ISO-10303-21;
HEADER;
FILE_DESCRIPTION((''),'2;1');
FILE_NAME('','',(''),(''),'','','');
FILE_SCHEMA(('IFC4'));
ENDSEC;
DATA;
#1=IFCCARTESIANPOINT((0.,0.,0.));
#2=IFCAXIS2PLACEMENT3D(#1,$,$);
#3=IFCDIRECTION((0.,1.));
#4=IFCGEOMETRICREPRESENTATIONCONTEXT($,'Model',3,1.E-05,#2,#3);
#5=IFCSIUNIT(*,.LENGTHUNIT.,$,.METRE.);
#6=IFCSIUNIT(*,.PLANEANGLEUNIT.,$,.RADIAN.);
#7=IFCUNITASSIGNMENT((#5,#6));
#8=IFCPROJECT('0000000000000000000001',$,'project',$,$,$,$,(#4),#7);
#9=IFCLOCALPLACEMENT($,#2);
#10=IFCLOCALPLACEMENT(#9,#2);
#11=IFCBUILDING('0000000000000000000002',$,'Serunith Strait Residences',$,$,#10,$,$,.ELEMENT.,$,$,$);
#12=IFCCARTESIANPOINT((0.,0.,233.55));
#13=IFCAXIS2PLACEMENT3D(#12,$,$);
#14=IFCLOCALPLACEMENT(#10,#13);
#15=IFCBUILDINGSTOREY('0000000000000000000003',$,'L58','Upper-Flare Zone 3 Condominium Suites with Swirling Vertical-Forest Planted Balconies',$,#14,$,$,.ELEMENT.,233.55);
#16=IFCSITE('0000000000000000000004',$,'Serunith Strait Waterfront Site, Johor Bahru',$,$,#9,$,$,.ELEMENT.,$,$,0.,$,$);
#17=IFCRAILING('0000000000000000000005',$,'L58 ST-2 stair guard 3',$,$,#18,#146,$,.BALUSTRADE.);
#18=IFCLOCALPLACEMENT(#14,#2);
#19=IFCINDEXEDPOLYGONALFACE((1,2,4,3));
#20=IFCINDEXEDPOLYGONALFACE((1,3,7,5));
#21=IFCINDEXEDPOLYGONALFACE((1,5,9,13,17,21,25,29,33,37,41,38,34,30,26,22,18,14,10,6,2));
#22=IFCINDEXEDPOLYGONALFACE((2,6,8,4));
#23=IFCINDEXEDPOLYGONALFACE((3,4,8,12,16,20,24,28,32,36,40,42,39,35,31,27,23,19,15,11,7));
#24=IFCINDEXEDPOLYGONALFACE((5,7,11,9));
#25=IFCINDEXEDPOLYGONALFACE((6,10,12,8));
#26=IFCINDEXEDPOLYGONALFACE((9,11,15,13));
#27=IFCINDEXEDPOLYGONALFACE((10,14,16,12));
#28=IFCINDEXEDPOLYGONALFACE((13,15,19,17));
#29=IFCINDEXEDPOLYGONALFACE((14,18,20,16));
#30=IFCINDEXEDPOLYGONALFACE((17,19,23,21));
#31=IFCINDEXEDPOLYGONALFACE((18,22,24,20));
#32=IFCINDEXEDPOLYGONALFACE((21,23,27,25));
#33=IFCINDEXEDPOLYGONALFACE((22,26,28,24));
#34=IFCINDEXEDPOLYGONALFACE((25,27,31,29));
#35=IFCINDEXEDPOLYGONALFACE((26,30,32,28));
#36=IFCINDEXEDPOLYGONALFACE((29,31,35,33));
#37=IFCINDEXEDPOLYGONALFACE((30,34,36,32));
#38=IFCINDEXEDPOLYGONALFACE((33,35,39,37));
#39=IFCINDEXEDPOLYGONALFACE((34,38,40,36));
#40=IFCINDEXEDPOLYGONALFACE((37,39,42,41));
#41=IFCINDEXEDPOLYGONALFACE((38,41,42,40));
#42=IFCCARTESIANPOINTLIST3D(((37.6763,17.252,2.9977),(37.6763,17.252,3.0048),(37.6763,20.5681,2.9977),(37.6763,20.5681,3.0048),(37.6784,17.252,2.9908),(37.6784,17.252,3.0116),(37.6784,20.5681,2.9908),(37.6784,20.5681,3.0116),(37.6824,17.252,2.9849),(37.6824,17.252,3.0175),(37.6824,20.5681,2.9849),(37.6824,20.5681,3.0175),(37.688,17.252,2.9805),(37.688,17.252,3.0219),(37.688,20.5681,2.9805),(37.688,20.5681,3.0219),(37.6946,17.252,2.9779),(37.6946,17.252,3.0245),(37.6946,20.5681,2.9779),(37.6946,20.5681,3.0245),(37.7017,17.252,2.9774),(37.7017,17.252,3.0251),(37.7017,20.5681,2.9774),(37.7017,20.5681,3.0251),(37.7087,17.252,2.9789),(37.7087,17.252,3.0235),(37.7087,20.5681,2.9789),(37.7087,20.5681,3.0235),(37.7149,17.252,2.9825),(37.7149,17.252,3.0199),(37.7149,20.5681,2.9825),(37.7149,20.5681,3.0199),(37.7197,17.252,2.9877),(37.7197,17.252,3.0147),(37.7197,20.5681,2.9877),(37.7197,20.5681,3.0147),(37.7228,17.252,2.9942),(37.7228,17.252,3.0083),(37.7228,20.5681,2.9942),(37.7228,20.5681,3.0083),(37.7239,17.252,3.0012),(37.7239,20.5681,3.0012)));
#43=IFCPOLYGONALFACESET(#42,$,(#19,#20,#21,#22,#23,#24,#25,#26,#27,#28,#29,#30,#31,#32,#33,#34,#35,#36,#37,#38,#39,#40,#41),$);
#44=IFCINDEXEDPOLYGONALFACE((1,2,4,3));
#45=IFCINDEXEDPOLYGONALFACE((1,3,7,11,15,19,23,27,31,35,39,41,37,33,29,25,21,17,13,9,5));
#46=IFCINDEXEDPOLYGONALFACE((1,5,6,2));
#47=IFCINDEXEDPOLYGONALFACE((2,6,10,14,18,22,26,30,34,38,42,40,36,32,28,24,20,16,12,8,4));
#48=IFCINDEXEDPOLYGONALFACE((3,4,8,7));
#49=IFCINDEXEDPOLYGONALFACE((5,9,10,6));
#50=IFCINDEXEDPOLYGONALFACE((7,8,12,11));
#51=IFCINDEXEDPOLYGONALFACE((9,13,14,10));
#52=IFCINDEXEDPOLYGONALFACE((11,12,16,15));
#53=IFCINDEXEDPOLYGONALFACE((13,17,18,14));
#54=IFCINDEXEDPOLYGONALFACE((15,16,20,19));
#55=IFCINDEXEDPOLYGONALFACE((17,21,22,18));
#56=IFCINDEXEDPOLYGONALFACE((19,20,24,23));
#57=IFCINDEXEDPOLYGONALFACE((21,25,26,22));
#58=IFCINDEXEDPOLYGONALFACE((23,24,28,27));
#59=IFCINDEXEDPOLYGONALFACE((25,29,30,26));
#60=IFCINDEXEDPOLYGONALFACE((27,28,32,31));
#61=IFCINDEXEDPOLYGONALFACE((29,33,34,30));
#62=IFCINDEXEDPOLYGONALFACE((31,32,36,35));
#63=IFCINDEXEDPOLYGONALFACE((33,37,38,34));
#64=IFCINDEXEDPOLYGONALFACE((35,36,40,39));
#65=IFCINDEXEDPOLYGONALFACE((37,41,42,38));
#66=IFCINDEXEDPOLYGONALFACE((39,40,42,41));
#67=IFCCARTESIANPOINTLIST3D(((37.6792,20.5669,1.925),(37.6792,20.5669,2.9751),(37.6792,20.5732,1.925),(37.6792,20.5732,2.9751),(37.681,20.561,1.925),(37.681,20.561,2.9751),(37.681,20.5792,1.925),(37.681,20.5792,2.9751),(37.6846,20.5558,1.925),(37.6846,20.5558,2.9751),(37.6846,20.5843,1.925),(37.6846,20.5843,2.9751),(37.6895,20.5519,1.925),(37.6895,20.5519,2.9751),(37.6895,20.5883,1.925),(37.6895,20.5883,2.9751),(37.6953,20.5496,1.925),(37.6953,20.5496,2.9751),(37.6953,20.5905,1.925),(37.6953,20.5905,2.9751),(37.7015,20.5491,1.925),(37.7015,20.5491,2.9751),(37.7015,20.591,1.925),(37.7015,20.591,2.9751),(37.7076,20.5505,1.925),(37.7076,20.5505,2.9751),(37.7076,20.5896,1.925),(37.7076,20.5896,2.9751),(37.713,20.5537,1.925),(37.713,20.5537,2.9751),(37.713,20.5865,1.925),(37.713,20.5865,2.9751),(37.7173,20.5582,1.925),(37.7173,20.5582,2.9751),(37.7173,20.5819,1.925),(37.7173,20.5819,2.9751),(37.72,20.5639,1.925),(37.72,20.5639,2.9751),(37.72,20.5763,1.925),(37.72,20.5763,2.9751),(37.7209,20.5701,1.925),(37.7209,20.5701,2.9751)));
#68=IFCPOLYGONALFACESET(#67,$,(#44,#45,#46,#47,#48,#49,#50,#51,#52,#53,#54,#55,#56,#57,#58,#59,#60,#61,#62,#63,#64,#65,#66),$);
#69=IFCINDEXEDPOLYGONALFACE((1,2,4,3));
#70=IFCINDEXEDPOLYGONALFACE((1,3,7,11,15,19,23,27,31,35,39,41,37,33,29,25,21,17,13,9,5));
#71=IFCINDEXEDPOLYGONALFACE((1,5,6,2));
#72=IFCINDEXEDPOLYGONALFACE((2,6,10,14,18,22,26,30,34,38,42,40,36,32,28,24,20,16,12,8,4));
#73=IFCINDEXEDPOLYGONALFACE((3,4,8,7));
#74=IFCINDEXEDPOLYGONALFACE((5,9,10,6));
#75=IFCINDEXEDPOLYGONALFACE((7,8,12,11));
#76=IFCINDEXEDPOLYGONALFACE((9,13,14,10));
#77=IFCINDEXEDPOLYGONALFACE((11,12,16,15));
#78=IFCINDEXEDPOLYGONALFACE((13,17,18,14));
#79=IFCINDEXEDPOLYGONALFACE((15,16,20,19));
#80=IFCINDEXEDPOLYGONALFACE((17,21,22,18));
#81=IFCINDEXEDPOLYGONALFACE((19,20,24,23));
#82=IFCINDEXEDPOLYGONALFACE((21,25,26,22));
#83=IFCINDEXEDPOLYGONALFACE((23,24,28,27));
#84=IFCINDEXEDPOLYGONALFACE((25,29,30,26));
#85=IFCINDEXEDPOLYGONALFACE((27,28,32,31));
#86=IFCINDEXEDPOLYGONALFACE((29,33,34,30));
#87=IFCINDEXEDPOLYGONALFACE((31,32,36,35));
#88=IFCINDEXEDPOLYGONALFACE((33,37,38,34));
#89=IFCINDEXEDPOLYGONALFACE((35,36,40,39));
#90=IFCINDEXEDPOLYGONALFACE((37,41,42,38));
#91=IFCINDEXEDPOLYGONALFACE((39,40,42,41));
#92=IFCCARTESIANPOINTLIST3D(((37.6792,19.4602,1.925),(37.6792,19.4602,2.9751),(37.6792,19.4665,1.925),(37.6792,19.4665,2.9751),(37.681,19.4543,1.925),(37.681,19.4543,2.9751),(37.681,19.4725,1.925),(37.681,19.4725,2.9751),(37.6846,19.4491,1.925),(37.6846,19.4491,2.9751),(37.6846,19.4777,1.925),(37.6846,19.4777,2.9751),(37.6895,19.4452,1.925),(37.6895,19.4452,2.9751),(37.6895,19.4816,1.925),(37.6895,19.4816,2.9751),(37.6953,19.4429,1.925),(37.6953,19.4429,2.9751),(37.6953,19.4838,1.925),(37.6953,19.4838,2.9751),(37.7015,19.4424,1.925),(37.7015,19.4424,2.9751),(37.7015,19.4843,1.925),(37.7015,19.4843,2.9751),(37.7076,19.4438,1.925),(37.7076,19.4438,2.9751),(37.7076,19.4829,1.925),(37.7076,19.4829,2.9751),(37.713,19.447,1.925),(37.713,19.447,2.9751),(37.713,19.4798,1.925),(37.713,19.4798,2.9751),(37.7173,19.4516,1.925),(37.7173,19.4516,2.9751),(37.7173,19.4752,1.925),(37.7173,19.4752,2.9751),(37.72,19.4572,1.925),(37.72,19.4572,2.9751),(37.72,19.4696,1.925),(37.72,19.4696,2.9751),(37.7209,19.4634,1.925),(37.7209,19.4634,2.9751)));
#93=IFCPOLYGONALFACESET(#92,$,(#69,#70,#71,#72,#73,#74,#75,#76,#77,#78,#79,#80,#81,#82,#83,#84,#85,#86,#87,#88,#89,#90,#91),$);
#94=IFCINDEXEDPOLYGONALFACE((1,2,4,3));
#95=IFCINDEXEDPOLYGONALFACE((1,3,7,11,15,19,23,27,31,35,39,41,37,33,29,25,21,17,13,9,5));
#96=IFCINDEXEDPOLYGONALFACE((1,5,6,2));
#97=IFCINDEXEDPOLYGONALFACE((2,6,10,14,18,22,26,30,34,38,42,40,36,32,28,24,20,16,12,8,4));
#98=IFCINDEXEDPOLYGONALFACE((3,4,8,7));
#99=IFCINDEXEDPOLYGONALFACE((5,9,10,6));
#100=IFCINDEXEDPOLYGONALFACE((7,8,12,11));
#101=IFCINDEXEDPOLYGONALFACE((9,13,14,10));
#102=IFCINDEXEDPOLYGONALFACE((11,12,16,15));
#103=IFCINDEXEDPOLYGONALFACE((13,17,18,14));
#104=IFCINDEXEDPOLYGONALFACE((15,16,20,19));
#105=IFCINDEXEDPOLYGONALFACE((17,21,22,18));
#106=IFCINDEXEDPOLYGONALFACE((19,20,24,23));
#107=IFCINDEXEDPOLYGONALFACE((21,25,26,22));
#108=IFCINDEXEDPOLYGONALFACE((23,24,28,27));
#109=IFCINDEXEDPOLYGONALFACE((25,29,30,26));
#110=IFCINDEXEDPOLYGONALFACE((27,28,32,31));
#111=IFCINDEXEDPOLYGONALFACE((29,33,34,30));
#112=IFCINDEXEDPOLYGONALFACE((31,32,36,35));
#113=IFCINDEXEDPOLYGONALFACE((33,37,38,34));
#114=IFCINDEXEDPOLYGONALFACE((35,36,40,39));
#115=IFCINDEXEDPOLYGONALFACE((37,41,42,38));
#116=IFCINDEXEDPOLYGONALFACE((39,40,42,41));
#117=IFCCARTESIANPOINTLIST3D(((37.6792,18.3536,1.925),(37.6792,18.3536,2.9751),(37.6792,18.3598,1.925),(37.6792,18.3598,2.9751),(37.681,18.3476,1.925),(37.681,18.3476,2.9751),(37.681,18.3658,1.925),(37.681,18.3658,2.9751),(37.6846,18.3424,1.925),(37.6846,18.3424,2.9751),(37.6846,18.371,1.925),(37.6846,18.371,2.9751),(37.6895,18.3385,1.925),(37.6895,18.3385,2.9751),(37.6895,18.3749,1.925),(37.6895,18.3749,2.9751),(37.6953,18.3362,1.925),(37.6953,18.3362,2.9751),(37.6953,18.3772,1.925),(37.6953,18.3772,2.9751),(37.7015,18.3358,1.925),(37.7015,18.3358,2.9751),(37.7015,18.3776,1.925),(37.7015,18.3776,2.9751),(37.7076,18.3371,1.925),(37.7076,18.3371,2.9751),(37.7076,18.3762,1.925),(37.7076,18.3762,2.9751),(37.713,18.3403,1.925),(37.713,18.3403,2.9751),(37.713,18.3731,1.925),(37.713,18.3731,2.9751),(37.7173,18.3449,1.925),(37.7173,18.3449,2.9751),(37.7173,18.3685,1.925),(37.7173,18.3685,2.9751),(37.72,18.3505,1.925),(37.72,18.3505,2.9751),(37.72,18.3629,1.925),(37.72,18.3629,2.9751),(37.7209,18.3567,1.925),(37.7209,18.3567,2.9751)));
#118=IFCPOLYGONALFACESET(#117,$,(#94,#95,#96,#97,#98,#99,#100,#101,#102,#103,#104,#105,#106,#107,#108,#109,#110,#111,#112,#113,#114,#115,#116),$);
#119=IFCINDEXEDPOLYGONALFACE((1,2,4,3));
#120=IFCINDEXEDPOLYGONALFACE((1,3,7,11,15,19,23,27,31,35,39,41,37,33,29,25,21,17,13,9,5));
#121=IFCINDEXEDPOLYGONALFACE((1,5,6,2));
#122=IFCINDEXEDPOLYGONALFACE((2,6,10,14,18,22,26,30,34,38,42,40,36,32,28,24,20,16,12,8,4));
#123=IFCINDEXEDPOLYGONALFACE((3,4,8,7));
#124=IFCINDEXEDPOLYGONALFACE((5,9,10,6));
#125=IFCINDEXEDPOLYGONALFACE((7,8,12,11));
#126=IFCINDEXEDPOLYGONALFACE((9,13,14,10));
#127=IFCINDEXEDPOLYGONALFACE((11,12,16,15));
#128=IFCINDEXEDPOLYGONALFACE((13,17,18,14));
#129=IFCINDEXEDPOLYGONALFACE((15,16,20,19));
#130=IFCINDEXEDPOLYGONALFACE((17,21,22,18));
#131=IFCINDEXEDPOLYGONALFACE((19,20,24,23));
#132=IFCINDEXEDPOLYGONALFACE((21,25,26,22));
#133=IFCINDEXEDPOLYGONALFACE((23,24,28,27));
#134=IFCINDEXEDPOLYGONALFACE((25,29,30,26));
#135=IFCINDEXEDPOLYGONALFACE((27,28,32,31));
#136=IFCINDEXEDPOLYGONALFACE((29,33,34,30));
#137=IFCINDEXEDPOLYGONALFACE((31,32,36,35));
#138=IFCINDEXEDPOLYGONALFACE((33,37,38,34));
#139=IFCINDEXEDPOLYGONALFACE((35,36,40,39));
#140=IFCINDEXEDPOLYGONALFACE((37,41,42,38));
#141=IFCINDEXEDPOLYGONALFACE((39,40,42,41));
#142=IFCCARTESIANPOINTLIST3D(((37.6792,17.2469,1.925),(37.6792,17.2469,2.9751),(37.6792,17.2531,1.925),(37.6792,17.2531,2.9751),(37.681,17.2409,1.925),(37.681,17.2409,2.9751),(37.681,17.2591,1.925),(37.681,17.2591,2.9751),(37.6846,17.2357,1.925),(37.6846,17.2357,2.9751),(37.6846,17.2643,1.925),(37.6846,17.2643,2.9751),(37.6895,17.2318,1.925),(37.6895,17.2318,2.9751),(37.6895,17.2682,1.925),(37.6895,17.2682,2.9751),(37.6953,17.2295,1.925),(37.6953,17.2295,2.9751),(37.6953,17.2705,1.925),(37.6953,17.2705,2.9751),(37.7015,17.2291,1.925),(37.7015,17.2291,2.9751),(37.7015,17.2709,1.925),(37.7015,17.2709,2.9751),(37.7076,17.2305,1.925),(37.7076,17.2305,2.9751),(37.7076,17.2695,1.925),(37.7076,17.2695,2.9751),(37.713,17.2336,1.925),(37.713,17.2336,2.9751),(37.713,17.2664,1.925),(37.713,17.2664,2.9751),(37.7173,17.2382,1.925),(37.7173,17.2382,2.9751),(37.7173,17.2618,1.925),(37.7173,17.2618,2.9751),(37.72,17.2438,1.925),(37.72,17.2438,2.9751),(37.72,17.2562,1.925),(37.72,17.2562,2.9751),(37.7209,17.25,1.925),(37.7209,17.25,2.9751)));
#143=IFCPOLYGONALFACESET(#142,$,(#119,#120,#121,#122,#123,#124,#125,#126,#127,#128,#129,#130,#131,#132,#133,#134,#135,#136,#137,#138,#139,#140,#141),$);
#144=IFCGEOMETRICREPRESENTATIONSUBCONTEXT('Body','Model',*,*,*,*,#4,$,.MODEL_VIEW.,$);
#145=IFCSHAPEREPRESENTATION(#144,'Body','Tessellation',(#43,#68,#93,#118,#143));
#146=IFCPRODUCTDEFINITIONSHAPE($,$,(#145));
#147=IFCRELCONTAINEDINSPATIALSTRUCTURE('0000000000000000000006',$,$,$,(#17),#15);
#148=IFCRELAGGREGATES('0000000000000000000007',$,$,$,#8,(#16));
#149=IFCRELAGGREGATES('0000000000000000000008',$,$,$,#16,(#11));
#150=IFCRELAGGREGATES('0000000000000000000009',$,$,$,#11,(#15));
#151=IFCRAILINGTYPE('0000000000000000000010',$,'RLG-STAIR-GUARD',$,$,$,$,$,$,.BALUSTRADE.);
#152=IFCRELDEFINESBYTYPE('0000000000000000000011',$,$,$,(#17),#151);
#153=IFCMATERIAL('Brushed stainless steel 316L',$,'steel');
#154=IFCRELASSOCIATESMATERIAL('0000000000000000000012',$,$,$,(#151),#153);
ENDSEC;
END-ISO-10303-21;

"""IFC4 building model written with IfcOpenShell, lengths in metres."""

from ifc_helpers import new_model, si_unit, direction, frame, origin, origin_2d, place, context, subcontext, project, spatial, circle, extrude, material, type_object, element, save


model = new_model("IFC4")

# Units and contexts
model_context = context("Model", 3, precision=1e-05, world=origin(), true_north=direction((0.0, 1.0)))
body_context = subcontext(model_context, "Body", "Model", "MODEL_VIEW")
ifc_project = project(units=[si_unit("LENGTHUNIT", "METRE"), si_unit("PLANEANGLEUNIT", "RADIAN")], contexts=[model_context])

# Site, building, storey
site_placement = place(None, origin())
site = spatial("IfcSite", under=ifc_project, at=site_placement, Name="Serunith Strait Waterfront Site, Johor Bahru", CompositionType="ELEMENT", RefElevation=0.0)
building_placement = place(site_placement, origin())
building = spatial("IfcBuilding", under=site, at=building_placement, Name="Serunith Strait Residences", CompositionType="ELEMENT")
storey_placement = place(building_placement, frame((0.0, 0.0, 233.55)))
storey = spatial("IfcBuildingStorey", under=building, at=storey_placement, Name="L58", Description="Upper-Flare Zone 3 Condominium Suites with Swirling Vertical-Forest Planted Balconies", CompositionType="ELEMENT", Elevation=233.55)

# Railing
ifc_material_1 = material(Name="Brushed stainless steel 316L", Category="steel")
railing_type_1 = type_object("IfcRailingType", Name="RLG-STAIR-GUARD", PredefinedType="BALUSTRADE", material=ifc_material_1)
for number, where, name in (
    (1, (37.7, 20.5701, 1.925), "L58 ST-2 stair guard 3"),
):
    element("IfcRailing", number, at=place(storey_placement, frame(where)), inside=storey, type_object=railing_type_1, Name=name, PredefinedType="BALUSTRADE", context=body_context, shape_type="SweptSolid", body=[
        extrude(circle(Radius=0.0239, at=origin_2d()), frame((0.0, -0.002, 1.0762), z_axis=(0.0, -1.0, 0.0), x_axis=(1.0, 0.0, 0.0)), (0.0, 0.0, 1.0), 3.3162),
        extrude(circle(Radius=0.021, at=origin_2d()), origin(), (0.0, 0.0, 1.0), 1.05),
        extrude(circle(Radius=0.021, at=origin_2d()), frame((0.0, -1.1067, 0.0)), (0.0, 0.0, 1.0), 1.05),
        extrude(circle(Radius=0.021, at=origin_2d()), frame((0.0, -2.2134, 0.0)), (0.0, 0.0, 1.0), 1.05),
        extrude(circle(Radius=0.021, at=origin_2d()), frame((0.0, -3.3201, 0.0)), (0.0, 0.0, 1.0), 1.05),
    ])

save(model, "model.ifc")
